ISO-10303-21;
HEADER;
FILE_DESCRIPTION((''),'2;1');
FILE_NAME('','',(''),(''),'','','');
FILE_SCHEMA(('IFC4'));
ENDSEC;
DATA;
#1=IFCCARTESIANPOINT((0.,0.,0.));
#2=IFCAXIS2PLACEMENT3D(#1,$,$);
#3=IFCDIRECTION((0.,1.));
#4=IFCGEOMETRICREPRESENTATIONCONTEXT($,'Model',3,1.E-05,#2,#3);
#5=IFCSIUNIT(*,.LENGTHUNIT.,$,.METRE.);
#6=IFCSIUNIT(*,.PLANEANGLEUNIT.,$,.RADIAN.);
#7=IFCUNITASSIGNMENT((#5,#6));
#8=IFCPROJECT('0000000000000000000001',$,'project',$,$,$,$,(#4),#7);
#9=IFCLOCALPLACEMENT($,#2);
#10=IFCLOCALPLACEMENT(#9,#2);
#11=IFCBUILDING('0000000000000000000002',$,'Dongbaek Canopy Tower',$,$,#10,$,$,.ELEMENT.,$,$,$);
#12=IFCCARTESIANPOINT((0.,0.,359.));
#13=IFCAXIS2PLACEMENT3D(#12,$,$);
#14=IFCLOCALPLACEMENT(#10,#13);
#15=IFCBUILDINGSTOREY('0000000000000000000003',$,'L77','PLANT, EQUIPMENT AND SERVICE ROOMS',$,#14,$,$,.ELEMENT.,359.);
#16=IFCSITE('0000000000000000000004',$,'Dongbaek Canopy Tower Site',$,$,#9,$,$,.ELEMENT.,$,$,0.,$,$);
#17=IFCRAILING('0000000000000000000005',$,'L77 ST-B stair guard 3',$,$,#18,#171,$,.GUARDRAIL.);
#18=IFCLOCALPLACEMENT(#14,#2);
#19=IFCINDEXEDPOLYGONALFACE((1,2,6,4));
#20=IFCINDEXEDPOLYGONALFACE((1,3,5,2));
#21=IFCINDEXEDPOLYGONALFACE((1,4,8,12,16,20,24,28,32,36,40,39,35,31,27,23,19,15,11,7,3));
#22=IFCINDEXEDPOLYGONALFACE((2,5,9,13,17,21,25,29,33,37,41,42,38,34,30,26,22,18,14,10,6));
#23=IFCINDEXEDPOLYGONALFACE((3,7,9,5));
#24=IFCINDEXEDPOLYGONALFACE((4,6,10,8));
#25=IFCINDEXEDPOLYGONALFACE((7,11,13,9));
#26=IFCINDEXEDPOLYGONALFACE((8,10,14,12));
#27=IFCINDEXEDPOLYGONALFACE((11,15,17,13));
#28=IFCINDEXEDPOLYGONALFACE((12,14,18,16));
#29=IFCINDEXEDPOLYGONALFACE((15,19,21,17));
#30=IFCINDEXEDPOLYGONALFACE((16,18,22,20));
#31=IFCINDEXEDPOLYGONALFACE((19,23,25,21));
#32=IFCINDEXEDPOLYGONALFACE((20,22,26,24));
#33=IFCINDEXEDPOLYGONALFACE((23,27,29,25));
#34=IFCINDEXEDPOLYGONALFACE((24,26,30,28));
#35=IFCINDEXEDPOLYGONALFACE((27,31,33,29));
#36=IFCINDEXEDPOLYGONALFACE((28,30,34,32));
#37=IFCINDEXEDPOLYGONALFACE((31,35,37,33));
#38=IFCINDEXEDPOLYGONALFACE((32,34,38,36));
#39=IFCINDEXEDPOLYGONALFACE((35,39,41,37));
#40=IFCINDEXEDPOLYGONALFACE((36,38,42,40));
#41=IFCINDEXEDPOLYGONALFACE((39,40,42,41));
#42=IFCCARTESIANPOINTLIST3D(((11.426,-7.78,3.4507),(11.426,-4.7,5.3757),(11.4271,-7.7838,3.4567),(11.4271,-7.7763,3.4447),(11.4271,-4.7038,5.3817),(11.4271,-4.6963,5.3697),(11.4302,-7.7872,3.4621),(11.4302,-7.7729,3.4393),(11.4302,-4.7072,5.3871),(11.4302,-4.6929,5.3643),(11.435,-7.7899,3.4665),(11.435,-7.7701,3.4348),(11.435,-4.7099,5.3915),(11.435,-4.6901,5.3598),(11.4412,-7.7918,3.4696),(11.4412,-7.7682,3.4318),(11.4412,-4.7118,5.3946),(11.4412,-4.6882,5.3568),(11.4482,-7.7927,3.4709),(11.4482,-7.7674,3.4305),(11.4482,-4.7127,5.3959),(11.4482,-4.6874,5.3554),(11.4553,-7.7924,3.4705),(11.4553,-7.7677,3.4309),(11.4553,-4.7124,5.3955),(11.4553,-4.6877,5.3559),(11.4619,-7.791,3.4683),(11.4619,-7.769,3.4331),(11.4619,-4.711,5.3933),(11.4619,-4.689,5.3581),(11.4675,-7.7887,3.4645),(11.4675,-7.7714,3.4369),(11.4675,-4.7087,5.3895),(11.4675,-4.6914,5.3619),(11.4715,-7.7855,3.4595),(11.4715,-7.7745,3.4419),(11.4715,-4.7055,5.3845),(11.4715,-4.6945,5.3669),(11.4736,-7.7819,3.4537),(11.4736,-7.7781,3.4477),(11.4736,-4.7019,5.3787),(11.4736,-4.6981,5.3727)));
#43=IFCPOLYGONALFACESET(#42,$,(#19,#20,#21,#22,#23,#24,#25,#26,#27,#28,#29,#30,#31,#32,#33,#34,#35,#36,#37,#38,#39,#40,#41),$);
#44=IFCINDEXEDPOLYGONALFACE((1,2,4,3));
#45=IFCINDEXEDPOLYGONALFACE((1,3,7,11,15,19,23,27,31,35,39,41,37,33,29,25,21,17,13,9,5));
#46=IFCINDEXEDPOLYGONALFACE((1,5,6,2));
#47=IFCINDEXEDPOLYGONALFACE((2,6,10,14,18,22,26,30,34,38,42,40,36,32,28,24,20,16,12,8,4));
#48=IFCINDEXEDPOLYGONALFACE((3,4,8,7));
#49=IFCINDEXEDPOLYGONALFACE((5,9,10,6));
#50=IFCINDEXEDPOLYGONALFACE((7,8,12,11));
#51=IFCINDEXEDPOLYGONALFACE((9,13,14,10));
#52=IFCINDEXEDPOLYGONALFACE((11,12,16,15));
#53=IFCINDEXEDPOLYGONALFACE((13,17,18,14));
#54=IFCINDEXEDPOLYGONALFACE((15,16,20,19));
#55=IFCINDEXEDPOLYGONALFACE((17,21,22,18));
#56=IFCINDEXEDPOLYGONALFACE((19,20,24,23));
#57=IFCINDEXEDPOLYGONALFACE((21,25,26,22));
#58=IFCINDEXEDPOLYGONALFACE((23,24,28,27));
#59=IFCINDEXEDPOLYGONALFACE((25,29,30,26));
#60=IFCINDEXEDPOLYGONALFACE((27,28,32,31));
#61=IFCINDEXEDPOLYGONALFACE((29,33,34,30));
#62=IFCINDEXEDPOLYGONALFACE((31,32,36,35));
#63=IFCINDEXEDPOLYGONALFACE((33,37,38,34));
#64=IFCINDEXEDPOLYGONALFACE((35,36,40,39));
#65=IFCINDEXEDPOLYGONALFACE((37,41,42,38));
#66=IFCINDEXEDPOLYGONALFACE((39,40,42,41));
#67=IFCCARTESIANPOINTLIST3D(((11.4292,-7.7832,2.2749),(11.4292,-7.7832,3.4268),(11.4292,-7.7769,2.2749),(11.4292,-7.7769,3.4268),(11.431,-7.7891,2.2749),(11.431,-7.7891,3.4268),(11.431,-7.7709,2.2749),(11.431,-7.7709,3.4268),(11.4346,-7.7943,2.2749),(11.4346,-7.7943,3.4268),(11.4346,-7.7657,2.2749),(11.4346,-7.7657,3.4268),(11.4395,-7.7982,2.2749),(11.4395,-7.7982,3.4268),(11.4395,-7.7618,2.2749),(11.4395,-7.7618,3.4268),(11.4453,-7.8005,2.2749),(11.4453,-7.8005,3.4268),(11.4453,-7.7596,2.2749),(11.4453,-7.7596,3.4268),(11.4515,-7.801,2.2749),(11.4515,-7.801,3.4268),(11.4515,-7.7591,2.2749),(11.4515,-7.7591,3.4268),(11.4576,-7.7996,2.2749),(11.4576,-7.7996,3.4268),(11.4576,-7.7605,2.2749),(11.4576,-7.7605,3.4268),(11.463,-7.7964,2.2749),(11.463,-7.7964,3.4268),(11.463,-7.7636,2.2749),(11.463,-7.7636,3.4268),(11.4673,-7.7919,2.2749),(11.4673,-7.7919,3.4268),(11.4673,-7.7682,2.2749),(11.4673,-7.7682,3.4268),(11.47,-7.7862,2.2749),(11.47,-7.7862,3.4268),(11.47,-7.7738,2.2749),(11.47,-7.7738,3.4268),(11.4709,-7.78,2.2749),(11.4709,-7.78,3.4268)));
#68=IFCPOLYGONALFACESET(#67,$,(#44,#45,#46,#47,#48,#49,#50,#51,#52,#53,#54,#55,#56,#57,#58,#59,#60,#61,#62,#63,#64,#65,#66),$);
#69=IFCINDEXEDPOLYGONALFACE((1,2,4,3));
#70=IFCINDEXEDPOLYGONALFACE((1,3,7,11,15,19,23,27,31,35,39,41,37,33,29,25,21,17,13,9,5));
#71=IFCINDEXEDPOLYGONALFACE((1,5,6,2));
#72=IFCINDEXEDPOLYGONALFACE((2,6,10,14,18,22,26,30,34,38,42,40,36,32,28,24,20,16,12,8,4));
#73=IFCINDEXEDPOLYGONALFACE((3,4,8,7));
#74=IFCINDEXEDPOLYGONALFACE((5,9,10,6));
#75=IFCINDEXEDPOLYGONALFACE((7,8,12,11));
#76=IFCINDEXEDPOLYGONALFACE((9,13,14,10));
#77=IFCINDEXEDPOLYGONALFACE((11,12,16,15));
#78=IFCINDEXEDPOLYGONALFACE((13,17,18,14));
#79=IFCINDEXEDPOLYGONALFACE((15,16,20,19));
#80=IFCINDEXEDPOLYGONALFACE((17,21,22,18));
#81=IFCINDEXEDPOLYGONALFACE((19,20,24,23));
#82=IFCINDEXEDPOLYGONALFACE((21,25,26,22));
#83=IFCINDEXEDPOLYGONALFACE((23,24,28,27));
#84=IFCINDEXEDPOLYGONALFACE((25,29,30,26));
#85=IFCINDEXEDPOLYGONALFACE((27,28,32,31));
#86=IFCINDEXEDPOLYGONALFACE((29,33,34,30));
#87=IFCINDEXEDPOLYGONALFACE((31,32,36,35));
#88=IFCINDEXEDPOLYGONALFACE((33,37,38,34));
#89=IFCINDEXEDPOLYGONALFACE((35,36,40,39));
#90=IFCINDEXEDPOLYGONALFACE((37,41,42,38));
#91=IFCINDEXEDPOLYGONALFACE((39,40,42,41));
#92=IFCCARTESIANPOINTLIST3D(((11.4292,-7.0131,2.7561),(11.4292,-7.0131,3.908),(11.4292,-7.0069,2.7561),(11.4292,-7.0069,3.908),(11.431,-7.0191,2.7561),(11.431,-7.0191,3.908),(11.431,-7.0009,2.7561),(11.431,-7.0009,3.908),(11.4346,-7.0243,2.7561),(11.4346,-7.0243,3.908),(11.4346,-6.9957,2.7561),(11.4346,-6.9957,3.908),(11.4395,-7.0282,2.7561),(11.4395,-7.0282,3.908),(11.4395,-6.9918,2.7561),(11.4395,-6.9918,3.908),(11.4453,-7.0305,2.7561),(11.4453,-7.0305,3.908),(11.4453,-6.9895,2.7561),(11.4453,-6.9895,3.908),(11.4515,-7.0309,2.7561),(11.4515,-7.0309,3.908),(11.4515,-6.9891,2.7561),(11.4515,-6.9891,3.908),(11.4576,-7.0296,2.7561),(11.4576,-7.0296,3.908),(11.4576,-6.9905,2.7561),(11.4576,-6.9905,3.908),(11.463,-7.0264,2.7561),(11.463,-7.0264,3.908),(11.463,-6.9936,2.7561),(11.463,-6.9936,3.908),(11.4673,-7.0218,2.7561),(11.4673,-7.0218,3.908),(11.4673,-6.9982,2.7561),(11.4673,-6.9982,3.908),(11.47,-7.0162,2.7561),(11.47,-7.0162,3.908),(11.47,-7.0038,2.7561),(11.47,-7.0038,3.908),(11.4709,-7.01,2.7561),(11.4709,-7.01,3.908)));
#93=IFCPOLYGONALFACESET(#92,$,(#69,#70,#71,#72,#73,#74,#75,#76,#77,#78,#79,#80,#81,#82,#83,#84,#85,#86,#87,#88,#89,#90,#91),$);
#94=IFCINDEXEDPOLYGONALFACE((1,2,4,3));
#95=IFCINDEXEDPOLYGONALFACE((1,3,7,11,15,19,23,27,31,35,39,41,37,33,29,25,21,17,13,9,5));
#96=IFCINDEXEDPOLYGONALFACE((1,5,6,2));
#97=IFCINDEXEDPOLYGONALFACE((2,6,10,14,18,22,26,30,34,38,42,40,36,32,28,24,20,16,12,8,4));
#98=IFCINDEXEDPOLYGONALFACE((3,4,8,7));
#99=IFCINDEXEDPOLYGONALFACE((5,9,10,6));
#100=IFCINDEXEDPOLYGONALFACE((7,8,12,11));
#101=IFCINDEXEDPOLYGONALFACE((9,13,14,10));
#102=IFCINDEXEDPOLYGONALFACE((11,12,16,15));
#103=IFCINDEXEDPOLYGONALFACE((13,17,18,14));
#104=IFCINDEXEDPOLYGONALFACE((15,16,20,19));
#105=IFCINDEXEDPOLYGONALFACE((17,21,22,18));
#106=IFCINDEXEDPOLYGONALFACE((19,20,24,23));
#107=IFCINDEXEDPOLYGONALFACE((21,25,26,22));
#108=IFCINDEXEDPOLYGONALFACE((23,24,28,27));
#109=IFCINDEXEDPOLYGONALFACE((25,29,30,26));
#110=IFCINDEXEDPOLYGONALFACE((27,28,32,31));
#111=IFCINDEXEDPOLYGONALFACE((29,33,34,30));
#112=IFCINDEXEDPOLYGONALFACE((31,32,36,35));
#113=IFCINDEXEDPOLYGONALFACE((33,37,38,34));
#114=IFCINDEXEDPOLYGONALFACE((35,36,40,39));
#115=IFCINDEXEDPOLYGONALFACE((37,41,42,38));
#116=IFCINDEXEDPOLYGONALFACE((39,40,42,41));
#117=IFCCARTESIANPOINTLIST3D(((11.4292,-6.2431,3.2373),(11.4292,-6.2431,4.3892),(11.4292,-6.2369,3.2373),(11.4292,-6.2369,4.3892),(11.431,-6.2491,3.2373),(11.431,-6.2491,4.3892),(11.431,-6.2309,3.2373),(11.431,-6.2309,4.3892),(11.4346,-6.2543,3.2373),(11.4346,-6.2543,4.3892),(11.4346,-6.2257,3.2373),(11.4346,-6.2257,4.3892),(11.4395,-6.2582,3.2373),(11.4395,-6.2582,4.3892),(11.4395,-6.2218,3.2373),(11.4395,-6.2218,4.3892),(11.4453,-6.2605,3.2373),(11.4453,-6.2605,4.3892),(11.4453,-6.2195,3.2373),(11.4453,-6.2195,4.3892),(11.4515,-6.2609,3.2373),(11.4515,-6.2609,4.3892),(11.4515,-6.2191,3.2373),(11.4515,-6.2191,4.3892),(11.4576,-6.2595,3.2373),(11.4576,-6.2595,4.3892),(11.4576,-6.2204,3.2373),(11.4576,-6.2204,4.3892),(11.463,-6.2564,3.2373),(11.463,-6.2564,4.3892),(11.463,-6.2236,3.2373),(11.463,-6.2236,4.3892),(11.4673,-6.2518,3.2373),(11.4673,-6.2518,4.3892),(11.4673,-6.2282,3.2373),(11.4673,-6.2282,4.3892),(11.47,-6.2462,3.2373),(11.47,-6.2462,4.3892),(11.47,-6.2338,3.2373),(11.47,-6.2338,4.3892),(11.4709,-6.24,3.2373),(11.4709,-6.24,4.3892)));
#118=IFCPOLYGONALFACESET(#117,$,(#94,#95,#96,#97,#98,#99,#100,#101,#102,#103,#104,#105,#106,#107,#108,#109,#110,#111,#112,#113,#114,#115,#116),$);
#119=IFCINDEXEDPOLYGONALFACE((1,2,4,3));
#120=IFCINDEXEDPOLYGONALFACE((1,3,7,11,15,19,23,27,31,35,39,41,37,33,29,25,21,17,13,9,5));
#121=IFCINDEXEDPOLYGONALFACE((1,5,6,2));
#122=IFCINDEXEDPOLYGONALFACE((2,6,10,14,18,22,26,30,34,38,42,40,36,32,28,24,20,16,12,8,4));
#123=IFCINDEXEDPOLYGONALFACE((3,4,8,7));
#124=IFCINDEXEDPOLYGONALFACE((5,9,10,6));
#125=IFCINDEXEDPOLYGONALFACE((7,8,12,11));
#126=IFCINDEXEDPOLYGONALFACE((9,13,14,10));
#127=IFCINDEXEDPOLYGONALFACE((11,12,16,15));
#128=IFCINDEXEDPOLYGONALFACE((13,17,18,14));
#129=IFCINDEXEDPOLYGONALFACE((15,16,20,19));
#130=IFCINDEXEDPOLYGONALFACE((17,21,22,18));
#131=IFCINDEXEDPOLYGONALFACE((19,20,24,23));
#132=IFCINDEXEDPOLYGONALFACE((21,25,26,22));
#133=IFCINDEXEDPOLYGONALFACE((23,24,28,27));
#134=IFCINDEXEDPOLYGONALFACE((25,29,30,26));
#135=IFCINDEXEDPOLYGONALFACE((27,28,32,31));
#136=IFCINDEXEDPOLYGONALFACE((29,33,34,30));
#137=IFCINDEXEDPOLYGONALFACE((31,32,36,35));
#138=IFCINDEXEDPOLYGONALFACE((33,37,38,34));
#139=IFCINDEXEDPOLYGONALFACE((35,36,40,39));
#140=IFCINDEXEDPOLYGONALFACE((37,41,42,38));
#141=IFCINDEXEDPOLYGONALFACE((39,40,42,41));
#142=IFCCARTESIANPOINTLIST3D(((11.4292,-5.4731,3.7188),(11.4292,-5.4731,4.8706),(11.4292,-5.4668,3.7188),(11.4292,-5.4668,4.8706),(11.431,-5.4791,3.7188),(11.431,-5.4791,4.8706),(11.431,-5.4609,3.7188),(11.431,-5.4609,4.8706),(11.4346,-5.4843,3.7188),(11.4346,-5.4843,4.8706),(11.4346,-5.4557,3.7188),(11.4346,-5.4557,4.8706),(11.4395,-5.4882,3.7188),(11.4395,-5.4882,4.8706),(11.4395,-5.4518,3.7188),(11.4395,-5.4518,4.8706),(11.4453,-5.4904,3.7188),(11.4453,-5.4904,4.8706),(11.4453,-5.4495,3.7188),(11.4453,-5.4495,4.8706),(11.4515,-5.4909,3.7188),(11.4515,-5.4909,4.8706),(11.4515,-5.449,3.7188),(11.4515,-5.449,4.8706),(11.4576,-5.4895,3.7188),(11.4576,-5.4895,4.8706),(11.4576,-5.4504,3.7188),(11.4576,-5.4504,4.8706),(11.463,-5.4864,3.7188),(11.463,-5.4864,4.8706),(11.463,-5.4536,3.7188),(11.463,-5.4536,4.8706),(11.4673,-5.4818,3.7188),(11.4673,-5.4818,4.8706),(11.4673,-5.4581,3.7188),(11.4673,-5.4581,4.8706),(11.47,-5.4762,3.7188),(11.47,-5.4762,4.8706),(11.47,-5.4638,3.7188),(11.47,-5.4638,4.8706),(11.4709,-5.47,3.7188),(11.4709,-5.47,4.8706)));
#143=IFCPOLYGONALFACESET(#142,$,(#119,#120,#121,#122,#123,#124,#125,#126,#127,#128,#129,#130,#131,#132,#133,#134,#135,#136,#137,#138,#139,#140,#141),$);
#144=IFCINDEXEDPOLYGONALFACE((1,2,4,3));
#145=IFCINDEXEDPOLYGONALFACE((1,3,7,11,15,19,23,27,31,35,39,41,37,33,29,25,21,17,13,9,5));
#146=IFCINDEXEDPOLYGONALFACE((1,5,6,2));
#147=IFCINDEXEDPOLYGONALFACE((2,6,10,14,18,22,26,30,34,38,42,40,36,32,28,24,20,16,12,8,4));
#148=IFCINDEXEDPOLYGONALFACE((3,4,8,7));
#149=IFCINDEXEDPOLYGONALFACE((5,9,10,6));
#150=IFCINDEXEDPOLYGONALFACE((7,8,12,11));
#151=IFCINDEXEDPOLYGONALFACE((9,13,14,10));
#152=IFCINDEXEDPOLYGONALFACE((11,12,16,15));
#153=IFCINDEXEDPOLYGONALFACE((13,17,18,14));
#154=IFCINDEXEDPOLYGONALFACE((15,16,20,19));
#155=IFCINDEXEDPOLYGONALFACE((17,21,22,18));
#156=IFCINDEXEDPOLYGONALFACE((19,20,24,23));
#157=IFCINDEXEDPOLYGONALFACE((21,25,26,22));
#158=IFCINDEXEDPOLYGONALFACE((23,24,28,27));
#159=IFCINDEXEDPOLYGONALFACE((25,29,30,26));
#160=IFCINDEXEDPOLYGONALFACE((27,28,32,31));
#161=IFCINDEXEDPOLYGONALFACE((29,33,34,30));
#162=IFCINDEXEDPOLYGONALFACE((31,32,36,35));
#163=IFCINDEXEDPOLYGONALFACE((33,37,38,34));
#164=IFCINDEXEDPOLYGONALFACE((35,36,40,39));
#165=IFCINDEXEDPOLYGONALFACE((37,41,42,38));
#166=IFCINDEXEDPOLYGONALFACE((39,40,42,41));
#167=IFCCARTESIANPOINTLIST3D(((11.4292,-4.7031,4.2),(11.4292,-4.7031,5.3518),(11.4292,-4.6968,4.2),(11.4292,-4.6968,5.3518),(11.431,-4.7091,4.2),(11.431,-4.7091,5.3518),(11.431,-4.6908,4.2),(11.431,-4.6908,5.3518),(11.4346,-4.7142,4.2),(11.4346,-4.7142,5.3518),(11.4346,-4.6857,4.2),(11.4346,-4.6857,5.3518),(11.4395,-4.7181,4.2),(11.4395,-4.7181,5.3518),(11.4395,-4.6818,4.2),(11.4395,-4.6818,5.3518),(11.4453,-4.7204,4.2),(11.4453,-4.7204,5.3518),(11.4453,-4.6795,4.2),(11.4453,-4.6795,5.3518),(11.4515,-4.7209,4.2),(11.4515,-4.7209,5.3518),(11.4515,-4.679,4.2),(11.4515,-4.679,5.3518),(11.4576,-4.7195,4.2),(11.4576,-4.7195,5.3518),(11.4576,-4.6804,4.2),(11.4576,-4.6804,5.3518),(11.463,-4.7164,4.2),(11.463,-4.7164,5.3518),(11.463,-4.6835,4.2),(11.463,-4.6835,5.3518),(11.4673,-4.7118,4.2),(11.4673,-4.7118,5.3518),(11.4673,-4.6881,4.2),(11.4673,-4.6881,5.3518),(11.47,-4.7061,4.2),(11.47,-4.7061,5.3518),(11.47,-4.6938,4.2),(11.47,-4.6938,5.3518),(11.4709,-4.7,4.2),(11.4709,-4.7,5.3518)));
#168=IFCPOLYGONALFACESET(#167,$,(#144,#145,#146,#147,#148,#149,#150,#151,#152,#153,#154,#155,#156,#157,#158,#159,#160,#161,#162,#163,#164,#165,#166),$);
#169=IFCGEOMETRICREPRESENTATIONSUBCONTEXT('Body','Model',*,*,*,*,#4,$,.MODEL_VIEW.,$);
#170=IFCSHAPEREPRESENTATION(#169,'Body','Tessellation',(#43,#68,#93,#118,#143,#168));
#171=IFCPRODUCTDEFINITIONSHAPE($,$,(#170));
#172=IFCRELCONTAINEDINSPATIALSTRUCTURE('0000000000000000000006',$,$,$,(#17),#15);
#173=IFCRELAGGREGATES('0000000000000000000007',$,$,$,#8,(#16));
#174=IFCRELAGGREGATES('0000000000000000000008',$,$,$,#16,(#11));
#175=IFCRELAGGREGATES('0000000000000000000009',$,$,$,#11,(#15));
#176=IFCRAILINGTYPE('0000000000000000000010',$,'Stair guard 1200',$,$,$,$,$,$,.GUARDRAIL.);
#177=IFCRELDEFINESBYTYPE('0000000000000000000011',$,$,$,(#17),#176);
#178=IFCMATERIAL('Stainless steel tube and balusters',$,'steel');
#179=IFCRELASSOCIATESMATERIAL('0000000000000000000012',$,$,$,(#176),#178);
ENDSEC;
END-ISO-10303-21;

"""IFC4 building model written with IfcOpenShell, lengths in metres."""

from ifc_helpers import new_model, si_unit, direction, frame, origin, origin_2d, place, context, subcontext, project, spatial, circle, extrude, material, type_object, element, save


model = new_model("IFC4")

# Units and contexts
model_context = context("Model", 3, precision=1e-05, world=origin(), true_north=direction((0.0, 1.0)))
body_context = subcontext(model_context, "Body", "Model", "MODEL_VIEW")
ifc_project = project(units=[si_unit("LENGTHUNIT", "METRE"), si_unit("PLANEANGLEUNIT", "RADIAN")], contexts=[model_context])

# Site, building, storey
site_placement = place(None, origin())
site = spatial("IfcSite", under=ifc_project, at=site_placement, Name="Dongbaek Canopy Tower Site", CompositionType="ELEMENT", RefElevation=0.0)
building_placement = place(site_placement, origin())
building = spatial("IfcBuilding", under=site, at=building_placement, Name="Dongbaek Canopy Tower", CompositionType="ELEMENT")
storey_placement = place(building_placement, frame((0.0, 0.0, 359.0)))
storey = spatial("IfcBuildingStorey", under=building, at=storey_placement, Name="L77", Description="PLANT, EQUIPMENT AND SERVICE ROOMS", CompositionType="ELEMENT", Elevation=359.0)

# Railing
ifc_material_1 = material(Name="Stainless steel tube and balusters", Category="steel")
railing_type_1 = type_object("IfcRailingType", Name="Stair guard 1200", PredefinedType="GUARDRAIL", material=ifc_material_1)
railing_1_placement = place(storey_placement, frame((11.45, -7.78, 2.2749)))
element("IfcRailing", 1, at=railing_1_placement, inside=storey, type_object=railing_type_1, Name="L77 ST-B stair guard 3", PredefinedType="GUARDRAIL", context=body_context, shape_type="SweptSolid", body=[
    extrude(circle(Radius=0.0239, at=origin_2d()), frame((0.0, 0.0, 1.1758), z_axis=(0.0, 0.847998, 0.529999), x_axis=(-1.0, 0.0, 0.0)), (0.0, 0.0, 1.0), 3.6321),
    extrude(circle(Radius=0.021, at=origin_2d()), origin(), (0.0, 0.0, 1.0), 1.1519),
    extrude(circle(Radius=0.021, at=origin_2d()), frame((0.0, 0.77, 0.4812)), (0.0, 0.0, 1.0), 1.1519),
    extrude(circle(Radius=0.021, at=origin_2d()), frame((0.0, 1.54, 0.9624)), (0.0, 0.0, 1.0), 1.1519),
    extrude(circle(Radius=0.021, at=origin_2d()), frame((0.0, 2.3101, 1.4438)), (0.0, 0.0, 1.0), 1.1519),
    extrude(circle(Radius=0.021, at=origin_2d()), frame((0.0, 3.0801, 1.925)), (0.0, 0.0, 1.0), 1.1519),
])

save(model, "model.ifc")
